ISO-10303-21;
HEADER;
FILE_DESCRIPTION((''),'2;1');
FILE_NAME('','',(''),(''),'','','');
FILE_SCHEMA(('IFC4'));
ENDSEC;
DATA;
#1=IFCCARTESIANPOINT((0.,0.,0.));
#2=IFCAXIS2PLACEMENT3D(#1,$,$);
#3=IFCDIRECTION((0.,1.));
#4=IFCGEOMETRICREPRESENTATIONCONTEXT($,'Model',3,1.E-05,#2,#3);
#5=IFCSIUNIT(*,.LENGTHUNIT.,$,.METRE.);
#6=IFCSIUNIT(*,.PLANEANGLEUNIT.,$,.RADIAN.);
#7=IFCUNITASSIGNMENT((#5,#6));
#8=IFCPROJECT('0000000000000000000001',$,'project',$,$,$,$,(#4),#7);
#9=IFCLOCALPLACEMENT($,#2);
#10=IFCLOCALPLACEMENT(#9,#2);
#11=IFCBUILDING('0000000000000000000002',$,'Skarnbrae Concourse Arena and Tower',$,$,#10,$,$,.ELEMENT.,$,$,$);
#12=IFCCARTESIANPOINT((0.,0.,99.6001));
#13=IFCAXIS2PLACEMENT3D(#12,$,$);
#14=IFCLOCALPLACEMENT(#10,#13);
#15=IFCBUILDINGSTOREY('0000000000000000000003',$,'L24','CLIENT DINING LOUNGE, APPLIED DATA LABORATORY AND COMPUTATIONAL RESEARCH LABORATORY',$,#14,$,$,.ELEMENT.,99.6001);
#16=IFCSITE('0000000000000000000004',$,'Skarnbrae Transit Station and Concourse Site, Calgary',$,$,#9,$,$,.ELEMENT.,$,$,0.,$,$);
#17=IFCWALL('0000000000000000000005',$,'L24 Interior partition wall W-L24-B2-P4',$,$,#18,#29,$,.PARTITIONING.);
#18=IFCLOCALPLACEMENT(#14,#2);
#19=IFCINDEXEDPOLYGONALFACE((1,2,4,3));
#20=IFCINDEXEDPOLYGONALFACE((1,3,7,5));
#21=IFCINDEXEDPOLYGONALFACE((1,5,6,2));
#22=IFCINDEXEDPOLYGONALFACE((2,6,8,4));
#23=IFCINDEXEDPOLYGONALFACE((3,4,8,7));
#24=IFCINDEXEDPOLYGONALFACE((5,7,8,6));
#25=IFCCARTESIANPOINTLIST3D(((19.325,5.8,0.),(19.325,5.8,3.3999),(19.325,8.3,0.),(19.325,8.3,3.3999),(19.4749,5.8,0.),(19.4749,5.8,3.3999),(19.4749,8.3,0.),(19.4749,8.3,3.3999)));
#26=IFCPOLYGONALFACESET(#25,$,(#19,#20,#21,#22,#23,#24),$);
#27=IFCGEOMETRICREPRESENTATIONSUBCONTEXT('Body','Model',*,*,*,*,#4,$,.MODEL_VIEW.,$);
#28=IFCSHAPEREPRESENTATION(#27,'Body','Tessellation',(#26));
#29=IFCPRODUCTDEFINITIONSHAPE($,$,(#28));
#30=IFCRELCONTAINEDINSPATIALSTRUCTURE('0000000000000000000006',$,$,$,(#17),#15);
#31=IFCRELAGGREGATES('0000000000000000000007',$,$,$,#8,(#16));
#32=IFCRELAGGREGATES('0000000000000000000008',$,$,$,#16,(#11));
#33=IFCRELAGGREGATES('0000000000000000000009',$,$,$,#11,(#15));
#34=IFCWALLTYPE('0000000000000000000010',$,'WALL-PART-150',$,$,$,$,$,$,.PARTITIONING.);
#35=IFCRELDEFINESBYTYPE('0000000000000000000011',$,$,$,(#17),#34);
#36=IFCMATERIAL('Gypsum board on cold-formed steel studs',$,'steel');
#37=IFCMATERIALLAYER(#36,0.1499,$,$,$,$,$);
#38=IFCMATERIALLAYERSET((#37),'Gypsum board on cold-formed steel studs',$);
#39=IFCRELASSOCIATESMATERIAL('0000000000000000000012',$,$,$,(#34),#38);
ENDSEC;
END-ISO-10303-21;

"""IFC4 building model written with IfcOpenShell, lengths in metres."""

from ifc_helpers import new_model, si_unit, direction, frame, frame_2d, origin, place, context, subcontext, project, spatial, rectangle, extrude, source, transform, mapped, material, layer, layer_set, type_object, element, save


model = new_model("IFC4")

# Units and contexts
model_context = context("Model", 3, precision=1e-05, world=origin(), true_north=direction((0.0, 1.0)))
body_context = subcontext(model_context, "Body", "Model", "MODEL_VIEW")
ifc_project = project(units=[si_unit("LENGTHUNIT", "METRE"), si_unit("PLANEANGLEUNIT", "RADIAN")], contexts=[model_context])

# Site, building, storey
site_placement = place(None, origin())
site = spatial("IfcSite", under=ifc_project, at=site_placement, Name="Skarnbrae Transit Station and Concourse Site, Calgary", CompositionType="ELEMENT", RefElevation=0.0)
building_placement = place(site_placement, origin())
building = spatial("IfcBuilding", under=site, at=building_placement, Name="Skarnbrae Concourse Arena and Tower", CompositionType="ELEMENT")
storey_placement = place(building_placement, frame((0.0, 0.0, 99.6001)))
storey = spatial("IfcBuildingStorey", under=building, at=storey_placement, Name="L24", Description="CLIENT DINING LOUNGE, APPLIED DATA LABORATORY AND COMPUTATIONAL RESEARCH LABORATORY", CompositionType="ELEMENT", Elevation=99.6001)

# Shared definitions
ifc_material_1 = material(Name="Gypsum board on cold-formed steel studs", Category="steel")

# Wall
ifc_layer_1 = layer(ifc_material_1, 0.1499)
ifc_layer_set_1 = layer_set([ifc_layer_1], Name="Gypsum board on cold-formed steel studs")
wall_type_1 = type_object("IfcWallType", Name="WALL-PART-150", PredefinedType="PARTITIONING", material=ifc_layer_set_1)
shared_shape_1 = source(origin(), body_context, "Body", "SweptSolid", [
    extrude(rectangle(XDim=2.5, YDim=0.1499, at=frame_2d((1.25, 0.0))), origin(), (0.0, 0.0, 1.0), 3.3999),
])
wall_1_placement = place(storey_placement, frame((19.3999, 5.8, 0.0), z_axis=(0.0, 0.0, 1.0), x_axis=(0.0, 1.0, 0.0)))
element("IfcWall", 1, at=wall_1_placement, inside=storey, type_object=wall_type_1, Name="L24 Interior partition wall W-L24-B2-P4", PredefinedType="PARTITIONING", context=body_context, shape_type="MappedRepresentation", body=[
    mapped(shared_shape_1, transform((0.0, 0.0, 0.0))),
])

save(model, "model.ifc")
